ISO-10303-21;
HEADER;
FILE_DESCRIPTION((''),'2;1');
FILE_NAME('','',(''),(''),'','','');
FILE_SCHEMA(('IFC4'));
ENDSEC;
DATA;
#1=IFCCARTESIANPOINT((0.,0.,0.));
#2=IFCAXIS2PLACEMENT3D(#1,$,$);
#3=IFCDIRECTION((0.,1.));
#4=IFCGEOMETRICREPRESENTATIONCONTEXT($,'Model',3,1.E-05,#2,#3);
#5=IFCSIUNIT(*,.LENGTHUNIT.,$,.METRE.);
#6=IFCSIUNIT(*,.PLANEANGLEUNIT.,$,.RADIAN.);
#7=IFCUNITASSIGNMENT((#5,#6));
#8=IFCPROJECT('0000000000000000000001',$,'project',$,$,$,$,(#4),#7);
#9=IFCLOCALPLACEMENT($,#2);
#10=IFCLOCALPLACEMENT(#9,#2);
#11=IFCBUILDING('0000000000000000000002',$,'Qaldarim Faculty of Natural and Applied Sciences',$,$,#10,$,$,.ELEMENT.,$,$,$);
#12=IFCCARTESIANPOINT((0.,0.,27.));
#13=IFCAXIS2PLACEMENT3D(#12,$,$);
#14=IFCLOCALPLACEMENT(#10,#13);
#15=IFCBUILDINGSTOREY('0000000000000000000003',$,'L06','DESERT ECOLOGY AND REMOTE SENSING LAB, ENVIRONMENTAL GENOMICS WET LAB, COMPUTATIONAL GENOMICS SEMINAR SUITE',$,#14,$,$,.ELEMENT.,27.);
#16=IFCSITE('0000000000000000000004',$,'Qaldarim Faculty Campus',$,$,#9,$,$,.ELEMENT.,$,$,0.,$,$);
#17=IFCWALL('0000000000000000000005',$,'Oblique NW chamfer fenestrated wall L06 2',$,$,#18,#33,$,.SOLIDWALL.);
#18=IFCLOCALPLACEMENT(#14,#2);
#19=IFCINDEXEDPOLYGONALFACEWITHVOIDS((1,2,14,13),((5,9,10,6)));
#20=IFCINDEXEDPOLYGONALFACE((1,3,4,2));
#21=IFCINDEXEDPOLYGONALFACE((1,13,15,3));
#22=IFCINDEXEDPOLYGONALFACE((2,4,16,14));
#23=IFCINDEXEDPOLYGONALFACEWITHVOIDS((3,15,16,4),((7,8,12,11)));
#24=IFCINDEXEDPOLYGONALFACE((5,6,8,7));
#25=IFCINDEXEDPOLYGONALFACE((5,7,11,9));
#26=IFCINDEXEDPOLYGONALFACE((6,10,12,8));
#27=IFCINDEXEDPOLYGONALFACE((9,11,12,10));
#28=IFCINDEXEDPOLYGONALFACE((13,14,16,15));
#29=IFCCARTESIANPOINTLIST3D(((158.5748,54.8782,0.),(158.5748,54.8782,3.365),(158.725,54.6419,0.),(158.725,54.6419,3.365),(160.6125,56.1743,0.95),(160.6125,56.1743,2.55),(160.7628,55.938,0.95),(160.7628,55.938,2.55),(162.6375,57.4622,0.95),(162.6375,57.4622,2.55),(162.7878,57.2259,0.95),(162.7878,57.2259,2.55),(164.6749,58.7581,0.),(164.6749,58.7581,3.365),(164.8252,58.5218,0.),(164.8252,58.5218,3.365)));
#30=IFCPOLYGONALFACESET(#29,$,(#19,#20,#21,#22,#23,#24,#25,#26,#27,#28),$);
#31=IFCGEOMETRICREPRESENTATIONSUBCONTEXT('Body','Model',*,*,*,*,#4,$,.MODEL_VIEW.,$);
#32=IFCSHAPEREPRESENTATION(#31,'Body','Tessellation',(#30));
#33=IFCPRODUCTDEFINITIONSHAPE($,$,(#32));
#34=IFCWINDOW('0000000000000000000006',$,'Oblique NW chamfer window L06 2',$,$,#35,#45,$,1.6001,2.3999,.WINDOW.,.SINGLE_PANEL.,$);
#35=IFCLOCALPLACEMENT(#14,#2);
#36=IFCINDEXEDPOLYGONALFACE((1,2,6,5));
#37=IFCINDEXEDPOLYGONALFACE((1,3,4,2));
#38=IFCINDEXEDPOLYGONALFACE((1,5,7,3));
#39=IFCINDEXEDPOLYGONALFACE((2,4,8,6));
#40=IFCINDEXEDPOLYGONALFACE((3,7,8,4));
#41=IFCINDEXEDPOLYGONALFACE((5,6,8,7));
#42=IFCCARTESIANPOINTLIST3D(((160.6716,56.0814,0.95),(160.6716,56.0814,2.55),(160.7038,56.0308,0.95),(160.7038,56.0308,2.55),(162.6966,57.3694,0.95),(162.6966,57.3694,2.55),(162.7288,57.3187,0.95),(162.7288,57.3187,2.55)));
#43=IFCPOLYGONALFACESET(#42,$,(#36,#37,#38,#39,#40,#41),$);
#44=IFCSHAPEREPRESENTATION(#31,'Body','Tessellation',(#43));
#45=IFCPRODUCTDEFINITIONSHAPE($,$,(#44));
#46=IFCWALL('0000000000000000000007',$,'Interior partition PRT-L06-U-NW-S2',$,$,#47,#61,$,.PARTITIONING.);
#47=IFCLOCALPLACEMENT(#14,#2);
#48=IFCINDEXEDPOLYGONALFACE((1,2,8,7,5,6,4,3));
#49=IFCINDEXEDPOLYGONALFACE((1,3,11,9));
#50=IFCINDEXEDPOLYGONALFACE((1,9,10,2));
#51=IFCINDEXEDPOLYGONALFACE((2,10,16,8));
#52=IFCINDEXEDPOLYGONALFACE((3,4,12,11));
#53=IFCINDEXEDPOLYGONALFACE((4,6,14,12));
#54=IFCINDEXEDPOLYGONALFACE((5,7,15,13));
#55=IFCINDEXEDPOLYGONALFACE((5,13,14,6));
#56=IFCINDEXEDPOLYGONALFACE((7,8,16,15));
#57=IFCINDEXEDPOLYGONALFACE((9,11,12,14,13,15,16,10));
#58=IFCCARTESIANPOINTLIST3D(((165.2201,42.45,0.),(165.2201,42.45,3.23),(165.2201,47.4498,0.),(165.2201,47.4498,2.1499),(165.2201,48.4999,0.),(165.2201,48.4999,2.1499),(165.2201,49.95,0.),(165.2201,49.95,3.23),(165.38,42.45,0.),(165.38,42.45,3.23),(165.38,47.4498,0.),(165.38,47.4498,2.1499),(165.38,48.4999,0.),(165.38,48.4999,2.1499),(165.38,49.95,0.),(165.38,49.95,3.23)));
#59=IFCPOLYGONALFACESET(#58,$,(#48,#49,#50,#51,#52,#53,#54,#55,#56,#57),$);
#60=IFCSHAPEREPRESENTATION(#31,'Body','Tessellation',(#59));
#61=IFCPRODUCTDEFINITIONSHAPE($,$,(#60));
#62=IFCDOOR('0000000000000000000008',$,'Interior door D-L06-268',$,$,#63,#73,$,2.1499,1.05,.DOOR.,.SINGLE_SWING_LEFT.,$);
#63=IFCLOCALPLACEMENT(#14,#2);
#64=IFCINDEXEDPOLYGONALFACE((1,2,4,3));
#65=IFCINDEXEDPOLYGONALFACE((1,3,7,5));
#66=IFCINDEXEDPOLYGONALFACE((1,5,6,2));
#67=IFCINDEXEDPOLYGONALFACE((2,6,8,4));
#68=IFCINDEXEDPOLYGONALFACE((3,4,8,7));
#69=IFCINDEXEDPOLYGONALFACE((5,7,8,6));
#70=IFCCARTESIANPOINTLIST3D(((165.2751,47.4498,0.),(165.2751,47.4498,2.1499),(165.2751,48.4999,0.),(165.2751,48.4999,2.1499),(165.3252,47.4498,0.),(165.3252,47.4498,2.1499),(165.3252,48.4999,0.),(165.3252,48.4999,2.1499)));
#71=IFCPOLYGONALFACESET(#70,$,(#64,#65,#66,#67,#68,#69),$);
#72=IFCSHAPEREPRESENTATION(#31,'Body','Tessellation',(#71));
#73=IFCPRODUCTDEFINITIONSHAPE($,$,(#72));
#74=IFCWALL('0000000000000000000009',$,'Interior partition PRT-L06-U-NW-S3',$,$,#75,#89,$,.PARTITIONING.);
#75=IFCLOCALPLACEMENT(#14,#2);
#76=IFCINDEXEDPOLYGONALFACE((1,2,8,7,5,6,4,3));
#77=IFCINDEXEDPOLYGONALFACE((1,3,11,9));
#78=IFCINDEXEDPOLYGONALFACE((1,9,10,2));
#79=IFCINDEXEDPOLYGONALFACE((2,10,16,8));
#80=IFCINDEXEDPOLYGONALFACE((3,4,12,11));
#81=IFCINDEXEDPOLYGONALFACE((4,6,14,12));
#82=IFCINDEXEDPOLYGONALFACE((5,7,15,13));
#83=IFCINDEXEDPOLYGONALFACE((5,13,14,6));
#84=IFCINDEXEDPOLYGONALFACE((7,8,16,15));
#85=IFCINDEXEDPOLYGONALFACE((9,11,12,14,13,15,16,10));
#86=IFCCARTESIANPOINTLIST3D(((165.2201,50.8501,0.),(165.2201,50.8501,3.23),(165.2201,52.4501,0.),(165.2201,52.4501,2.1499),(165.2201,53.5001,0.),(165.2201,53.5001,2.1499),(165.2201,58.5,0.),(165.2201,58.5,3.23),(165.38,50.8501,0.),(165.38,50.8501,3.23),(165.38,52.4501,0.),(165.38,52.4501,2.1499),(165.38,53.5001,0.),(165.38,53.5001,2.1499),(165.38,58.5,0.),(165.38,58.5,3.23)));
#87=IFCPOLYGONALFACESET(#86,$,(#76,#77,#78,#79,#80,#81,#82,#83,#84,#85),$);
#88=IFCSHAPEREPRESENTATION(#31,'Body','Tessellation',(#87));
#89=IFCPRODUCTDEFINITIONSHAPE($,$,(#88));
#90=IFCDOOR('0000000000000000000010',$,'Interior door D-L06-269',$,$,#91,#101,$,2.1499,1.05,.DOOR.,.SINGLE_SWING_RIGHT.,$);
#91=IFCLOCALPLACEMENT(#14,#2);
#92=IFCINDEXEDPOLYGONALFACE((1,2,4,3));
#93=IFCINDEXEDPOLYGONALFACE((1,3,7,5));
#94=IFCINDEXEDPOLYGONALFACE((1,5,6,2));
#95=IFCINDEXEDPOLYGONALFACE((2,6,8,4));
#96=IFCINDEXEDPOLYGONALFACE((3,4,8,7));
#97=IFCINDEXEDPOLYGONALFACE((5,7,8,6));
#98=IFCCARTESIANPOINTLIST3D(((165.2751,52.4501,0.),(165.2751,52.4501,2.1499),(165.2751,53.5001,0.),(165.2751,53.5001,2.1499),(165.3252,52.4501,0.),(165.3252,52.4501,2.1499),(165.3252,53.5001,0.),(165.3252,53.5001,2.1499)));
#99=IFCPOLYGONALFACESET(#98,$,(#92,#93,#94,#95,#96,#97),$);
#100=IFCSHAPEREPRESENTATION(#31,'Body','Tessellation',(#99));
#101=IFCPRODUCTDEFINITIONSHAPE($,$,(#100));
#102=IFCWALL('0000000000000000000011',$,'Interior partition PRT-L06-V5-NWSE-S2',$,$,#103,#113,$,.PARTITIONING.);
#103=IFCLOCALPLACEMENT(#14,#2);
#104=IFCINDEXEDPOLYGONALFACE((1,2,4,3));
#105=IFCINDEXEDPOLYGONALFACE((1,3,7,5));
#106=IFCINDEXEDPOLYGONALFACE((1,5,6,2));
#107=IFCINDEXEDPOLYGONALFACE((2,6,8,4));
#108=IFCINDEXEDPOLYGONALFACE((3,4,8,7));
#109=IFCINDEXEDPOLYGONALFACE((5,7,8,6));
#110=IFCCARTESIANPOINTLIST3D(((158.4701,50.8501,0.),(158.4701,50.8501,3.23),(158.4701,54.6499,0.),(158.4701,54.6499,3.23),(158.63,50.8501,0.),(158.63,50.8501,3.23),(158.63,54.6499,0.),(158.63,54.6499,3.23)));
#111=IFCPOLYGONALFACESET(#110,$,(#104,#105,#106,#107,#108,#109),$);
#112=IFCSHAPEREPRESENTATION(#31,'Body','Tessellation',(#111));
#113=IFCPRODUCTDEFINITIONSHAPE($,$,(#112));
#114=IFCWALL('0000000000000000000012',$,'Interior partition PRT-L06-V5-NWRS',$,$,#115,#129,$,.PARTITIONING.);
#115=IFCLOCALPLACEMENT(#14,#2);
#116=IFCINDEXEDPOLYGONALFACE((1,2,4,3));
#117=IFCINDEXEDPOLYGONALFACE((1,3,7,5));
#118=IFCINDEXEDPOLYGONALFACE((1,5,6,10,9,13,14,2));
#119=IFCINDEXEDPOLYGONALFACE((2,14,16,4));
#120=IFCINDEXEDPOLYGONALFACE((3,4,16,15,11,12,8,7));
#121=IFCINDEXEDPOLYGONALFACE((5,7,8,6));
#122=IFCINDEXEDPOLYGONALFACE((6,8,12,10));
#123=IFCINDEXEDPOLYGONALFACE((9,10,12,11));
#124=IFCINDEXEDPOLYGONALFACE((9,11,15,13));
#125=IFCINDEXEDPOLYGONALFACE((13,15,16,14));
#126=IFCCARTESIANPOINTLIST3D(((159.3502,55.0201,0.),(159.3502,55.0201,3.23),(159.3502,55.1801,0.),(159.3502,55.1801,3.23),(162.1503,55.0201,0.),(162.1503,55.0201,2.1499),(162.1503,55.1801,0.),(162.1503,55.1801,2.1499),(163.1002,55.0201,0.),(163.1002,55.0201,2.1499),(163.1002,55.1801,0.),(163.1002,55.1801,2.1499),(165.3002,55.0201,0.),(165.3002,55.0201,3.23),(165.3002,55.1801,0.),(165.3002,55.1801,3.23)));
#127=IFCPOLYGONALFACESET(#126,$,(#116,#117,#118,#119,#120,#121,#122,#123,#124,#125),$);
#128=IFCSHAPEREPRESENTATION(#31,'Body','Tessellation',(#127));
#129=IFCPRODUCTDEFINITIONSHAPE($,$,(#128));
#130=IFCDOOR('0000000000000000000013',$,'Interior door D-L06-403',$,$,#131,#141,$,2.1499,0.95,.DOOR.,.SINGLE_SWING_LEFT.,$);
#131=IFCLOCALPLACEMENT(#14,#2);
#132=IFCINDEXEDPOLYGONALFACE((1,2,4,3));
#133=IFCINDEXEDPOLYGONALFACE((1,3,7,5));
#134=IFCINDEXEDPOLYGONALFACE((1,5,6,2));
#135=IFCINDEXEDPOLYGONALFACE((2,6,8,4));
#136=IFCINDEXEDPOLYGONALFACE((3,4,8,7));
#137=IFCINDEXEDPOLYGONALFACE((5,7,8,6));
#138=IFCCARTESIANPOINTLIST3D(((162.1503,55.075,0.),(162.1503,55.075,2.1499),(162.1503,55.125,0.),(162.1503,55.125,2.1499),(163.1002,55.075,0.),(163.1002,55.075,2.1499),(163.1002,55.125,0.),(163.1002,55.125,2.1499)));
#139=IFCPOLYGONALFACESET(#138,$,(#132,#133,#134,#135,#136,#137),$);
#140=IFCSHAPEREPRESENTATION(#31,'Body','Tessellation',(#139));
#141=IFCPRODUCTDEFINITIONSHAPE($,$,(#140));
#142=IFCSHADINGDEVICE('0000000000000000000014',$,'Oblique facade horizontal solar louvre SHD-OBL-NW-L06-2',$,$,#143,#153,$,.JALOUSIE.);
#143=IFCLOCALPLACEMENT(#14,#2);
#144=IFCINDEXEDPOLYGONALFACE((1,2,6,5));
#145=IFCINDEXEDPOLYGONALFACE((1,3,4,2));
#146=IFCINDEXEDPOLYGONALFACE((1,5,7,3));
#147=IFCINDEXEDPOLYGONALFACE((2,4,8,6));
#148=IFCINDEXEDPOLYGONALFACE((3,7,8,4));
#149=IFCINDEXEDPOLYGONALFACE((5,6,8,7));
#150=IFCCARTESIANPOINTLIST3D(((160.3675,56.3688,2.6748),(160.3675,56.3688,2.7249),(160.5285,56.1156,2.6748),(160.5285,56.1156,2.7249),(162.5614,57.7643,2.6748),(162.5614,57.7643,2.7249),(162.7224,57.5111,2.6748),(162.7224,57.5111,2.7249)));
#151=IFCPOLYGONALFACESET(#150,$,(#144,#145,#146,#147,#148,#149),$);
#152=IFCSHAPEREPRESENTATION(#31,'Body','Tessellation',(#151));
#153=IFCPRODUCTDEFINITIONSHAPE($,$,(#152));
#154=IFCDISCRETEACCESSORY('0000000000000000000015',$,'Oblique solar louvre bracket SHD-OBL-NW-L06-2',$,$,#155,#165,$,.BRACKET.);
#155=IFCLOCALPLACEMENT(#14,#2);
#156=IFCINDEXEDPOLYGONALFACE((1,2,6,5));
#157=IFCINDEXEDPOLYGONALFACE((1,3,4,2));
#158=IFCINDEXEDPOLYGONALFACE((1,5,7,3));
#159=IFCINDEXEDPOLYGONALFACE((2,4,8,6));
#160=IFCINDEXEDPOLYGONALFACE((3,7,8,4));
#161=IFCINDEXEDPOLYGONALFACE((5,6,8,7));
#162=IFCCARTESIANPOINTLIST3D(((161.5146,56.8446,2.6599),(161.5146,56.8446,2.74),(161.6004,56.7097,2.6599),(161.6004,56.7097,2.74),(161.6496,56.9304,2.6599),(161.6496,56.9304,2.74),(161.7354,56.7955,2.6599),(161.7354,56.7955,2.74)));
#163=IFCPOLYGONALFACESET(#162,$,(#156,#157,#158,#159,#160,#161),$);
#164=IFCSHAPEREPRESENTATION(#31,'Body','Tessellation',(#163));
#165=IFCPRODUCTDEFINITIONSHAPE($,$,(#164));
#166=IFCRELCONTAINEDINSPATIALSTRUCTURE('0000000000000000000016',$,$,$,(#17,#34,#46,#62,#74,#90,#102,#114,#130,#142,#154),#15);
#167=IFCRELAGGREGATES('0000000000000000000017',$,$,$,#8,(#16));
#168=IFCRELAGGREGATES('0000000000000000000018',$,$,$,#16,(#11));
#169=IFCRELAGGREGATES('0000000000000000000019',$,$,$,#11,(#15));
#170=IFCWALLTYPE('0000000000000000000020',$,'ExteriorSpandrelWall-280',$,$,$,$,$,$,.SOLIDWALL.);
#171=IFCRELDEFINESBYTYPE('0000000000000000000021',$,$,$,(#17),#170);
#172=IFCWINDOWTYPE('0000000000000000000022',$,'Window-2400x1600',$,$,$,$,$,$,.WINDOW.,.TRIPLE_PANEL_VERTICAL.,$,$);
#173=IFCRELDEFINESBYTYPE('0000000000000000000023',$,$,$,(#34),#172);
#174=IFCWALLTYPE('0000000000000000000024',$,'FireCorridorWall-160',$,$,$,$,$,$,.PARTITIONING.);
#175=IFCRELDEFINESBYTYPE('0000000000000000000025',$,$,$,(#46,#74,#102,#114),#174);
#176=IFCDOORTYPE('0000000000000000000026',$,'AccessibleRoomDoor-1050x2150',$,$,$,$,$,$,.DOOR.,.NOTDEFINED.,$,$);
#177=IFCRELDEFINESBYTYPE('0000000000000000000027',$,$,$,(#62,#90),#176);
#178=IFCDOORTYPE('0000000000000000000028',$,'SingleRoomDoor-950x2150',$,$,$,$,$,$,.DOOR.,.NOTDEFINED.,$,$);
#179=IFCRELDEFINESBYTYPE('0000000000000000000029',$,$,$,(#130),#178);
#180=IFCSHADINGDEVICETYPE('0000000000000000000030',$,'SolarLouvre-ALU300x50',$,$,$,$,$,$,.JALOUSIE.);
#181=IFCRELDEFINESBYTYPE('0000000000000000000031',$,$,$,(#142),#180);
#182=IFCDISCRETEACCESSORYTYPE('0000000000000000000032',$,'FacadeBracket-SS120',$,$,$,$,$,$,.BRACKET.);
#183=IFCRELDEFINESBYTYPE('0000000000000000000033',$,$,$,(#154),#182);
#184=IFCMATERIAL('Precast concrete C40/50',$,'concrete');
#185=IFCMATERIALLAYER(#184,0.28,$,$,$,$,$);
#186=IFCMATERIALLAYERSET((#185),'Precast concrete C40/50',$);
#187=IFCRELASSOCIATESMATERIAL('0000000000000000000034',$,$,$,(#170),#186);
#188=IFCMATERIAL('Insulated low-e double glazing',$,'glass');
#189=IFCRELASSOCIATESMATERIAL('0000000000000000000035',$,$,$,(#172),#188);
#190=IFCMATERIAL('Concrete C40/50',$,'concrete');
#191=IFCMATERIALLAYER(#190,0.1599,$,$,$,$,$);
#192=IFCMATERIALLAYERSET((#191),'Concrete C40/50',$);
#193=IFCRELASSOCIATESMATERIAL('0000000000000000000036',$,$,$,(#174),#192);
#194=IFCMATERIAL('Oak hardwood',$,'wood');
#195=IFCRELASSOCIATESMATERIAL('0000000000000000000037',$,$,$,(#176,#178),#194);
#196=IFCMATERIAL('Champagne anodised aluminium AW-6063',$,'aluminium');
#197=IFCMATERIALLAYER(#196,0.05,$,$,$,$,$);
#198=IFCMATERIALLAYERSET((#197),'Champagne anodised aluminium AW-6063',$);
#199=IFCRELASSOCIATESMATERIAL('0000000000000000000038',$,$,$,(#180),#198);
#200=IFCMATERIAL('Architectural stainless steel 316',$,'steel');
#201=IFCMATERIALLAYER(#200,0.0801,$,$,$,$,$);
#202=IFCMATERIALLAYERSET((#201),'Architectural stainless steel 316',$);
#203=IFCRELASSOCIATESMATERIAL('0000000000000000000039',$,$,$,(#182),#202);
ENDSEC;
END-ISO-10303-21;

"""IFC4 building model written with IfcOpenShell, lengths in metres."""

from ifc_helpers import new_model, si_unit, direction, frame, frame_2d, origin, origin_2d, place, context, subcontext, project, spatial, rectangle, extrude, material, layer, layer_set, type_object, element, fill, save


model = new_model("IFC4")

# Units and contexts
model_context = context("Model", 3, precision=1e-05, world=origin(), true_north=direction((0.0, 1.0)))
body_context = subcontext(model_context, "Body", "Model", "MODEL_VIEW")
ifc_project = project(units=[si_unit("LENGTHUNIT", "METRE"), si_unit("PLANEANGLEUNIT", "RADIAN")], contexts=[model_context])

# Site, building, storey
site_placement = place(None, origin())
site = spatial("IfcSite", under=ifc_project, at=site_placement, Name="Qaldarim Faculty Campus", CompositionType="ELEMENT", RefElevation=0.0)
building_placement = place(site_placement, origin())
building = spatial("IfcBuilding", under=site, at=building_placement, Name="Qaldarim Faculty of Natural and Applied Sciences", CompositionType="ELEMENT")
storey_placement = place(building_placement, frame((0.0, 0.0, 27.0)))
storey = spatial("IfcBuildingStorey", under=building, at=storey_placement, Name="L06", Description="DESERT ECOLOGY AND REMOTE SENSING LAB, ENVIRONMENTAL GENOMICS WET LAB, COMPUTATIONAL GENOMICS SEMINAR SUITE", CompositionType="ELEMENT", Elevation=27.0)

# Shared definitions
ifc_material_1 = material(Name="Concrete C40/50", Category="concrete")
ifc_material_2 = material(Name="Precast concrete C40/50", Category="concrete")

# Wall, opening, window
ifc_layer_1 = layer(ifc_material_2, 0.28)
ifc_layer_set_1 = layer_set([ifc_layer_1], Name="Precast concrete C40/50")
wall_type_1 = type_object("IfcWallType", Name="ExteriorSpandrelWall-280", PredefinedType="SOLIDWALL", material=ifc_layer_set_1)
wall_1_placement = place(storey_placement, frame((158.6499, 54.76, 0.0), z_axis=(0.0, 0.0, 1.0), x_axis=(0.843787, 0.536679, 0.0)))
wall_1 = element("IfcWall", 1, at=wall_1_placement, inside=storey, type_object=wall_type_1, Name="Oblique NW chamfer fenestrated wall L06 2", PredefinedType="SOLIDWALL", context=body_context, shape_type="SweptSolid", body=[
    extrude(rectangle(XDim=7.2295, YDim=0.28, at=frame_2d((3.6147, 0.0))), origin(), (0.0, 0.0, 1.0), 3.365),
])
opening_1_placement = place(wall_1_placement, frame((2.415, 0.0, 0.95)))
opening_1 = element("IfcOpeningElement", 2, at=opening_1_placement, cuts=wall_1, PredefinedType="OPENING", context=body_context, shape_type="SweptSolid", body=[
    extrude(rectangle(XDim=2.3999, YDim=1.6001, at=frame_2d((1.2, 0.8))), frame((0.0, 0.1499, 0.0), z_axis=(0.0, -1.0, 0.0), x_axis=(1.0, 0.0, 0.0)), (0.0, 0.0, 1.0), 0.3),
])
ifc_material_3 = material(Name="Insulated low-e double glazing", Category="glass")
window_type = type_object("IfcWindowType", Name="Window-2400x1600", PartitioningType="TRIPLE_PANEL_VERTICAL", PredefinedType="WINDOW", material=ifc_material_3)
window_placement = place(opening_1_placement, origin())
window = element("IfcWindow", 3, at=window_placement, inside=storey, type_object=window_type, Name="Oblique NW chamfer window L06 2", OverallHeight=1.6001, OverallWidth=2.3999, PartitioningType="SINGLE_PANEL", PredefinedType="WINDOW", context=body_context, shape_type="SweptSolid", body=[
    extrude(rectangle(XDim=2.3999, YDim=1.6001, at=frame_2d((1.2, 0.8))), frame((0.0, 0.03, 0.0), z_axis=(0.0, -1.0, 0.0), x_axis=(1.0, 0.0, 0.0)), (0.0, 0.0, 1.0), 0.0601),
])
fill(opening_1, window)

# Walls, openings, doors
ifc_layer_2 = layer(ifc_material_1, 0.1599)
ifc_layer_set_2 = layer_set([ifc_layer_2], Name="Concrete C40/50")
wall_type_2 = type_object("IfcWallType", Name="FireCorridorWall-160", PredefinedType="PARTITIONING", material=ifc_layer_set_2)
wall_2_placement = place(storey_placement, frame((165.3, 42.45, 0.0), z_axis=(0.0, 0.0, 1.0), x_axis=(0.0, 1.0, 0.0)))
wall_2 = element("IfcWall", 4, at=wall_2_placement, inside=storey, type_object=wall_type_2, Name="Interior partition PRT-L06-U-NW-S2", PredefinedType="PARTITIONING", context=body_context, shape_type="SweptSolid", body=[
    extrude(rectangle(XDim=7.5, YDim=0.1599, at=frame_2d((3.75, 0.0))), origin(), (0.0, 0.0, 1.0), 3.23),
])
opening_2_placement = place(wall_2_placement, frame((5.0, 0.0, 0.0)))
opening_2 = element("IfcOpeningElement", 5, at=opening_2_placement, cuts=wall_2, PredefinedType="OPENING", context=body_context, shape_type="SweptSolid", body=[
    extrude(rectangle(XDim=1.05, YDim=2.1499, at=frame_2d((0.5249, 1.075))), frame((0.0, 0.0898, 0.0), z_axis=(0.0, -1.0, 0.0), x_axis=(1.0, 0.0, 0.0)), (0.0, 0.0, 1.0), 0.1799),
])
ifc_material_4 = material(Name="Oak hardwood", Category="wood")
door_type_1 = type_object("IfcDoorType", Name="AccessibleRoomDoor-1050x2150", OperationType="NOTDEFINED", PredefinedType="DOOR", material=ifc_material_4)
door_1_placement = place(opening_2_placement, origin())
door_1 = element("IfcDoor", 6, at=door_1_placement, inside=storey, type_object=door_type_1, Name="Interior door D-L06-268", OperationType="SINGLE_SWING_LEFT", OverallHeight=2.1499, OverallWidth=1.05, PredefinedType="DOOR", context=body_context, shape_type="SweptSolid", body=[
    extrude(rectangle(XDim=1.05, YDim=2.1499, at=frame_2d((0.5249, 1.075))), frame((0.0, 0.0249, 0.0), z_axis=(0.0, -1.0, 0.0), x_axis=(1.0, 0.0, 0.0)), (0.0, 0.0, 1.0), 0.05),
])
fill(opening_2, door_1)
wall_3_placement = place(storey_placement, frame((165.3, 50.8501, 0.0), z_axis=(0.0, 0.0, 1.0), x_axis=(0.0, 1.0, 0.0)))
wall_3 = element("IfcWall", 7, at=wall_3_placement, inside=storey, type_object=wall_type_2, Name="Interior partition PRT-L06-U-NW-S3", PredefinedType="PARTITIONING", context=body_context, shape_type="SweptSolid", body=[
    extrude(rectangle(XDim=7.6499, YDim=0.1599, at=frame_2d((3.825, 0.0))), origin(), (0.0, 0.0, 1.0), 3.23),
])
opening_3_placement = place(wall_3_placement, frame((1.6001, 0.0, 0.0)))
opening_3 = element("IfcOpeningElement", 8, at=opening_3_placement, cuts=wall_3, PredefinedType="OPENING", context=body_context, shape_type="SweptSolid", body=[
    extrude(rectangle(XDim=1.05, YDim=2.1499, at=frame_2d((0.5249, 1.075))), frame((0.0, 0.0898, 0.0), z_axis=(0.0, -1.0, 0.0), x_axis=(1.0, 0.0, 0.0)), (0.0, 0.0, 1.0), 0.1799),
])
door_2_placement = place(opening_3_placement, origin())
door_2 = element("IfcDoor", 9, at=door_2_placement, inside=storey, type_object=door_type_1, Name="Interior door D-L06-269", OperationType="SINGLE_SWING_RIGHT", OverallHeight=2.1499, OverallWidth=1.05, PredefinedType="DOOR", context=body_context, shape_type="SweptSolid", body=[
    extrude(rectangle(XDim=1.05, YDim=2.1499, at=frame_2d((0.5249, 1.075))), frame((0.0, 0.0249, 0.0), z_axis=(0.0, -1.0, 0.0), x_axis=(1.0, 0.0, 0.0)), (0.0, 0.0, 1.0), 0.05),
])
fill(opening_3, door_2)

# Wall
wall_4_placement = place(storey_placement, frame((158.55, 50.8501, 0.0), z_axis=(0.0, 0.0, 1.0), x_axis=(0.0, 1.0, 0.0)))
element("IfcWall", 10, at=wall_4_placement, inside=storey, type_object=wall_type_2, Name="Interior partition PRT-L06-V5-NWSE-S2", PredefinedType="PARTITIONING", context=body_context, shape_type="SweptSolid", body=[
    extrude(rectangle(XDim=3.7998, YDim=0.1599, at=frame_2d((1.8999, 0.0))), origin(), (0.0, 0.0, 1.0), 3.23),
])

# Wall, opening, door
wall_5_placement = place(storey_placement, frame((159.3501, 55.1001, 0.0), z_axis=(0.0, 0.0, 1.0), x_axis=(1.0, 0.0, 0.0)))
wall_5 = element("IfcWall", 11, at=wall_5_placement, inside=storey, type_object=wall_type_2, Name="Interior partition PRT-L06-V5-NWRS", PredefinedType="PARTITIONING", context=body_context, shape_type="SweptSolid", body=[
    extrude(rectangle(XDim=5.95, YDim=0.1599, at=frame_2d((2.9751, 0.0))), origin(), (0.0, 0.0, 1.0), 3.23),
])
opening_4_placement = place(wall_5_placement, frame((2.8, 0.0, 0.0)))
opening_4 = element("IfcOpeningElement", 12, at=opening_4_placement, cuts=wall_5, PredefinedType="OPENING", context=body_context, shape_type="SweptSolid", body=[
    extrude(rectangle(XDim=0.95, YDim=2.1499, at=frame_2d((0.4751, 1.075))), frame((0.0, 0.0898, 0.0), z_axis=(0.0, -1.0, 0.0), x_axis=(1.0, 0.0, 0.0)), (0.0, 0.0, 1.0), 0.1799),
])
door_type_2 = type_object("IfcDoorType", Name="SingleRoomDoor-950x2150", OperationType="NOTDEFINED", PredefinedType="DOOR", material=ifc_material_4)
door_3_placement = place(opening_4_placement, origin())
door_3 = element("IfcDoor", 13, at=door_3_placement, inside=storey, type_object=door_type_2, Name="Interior door D-L06-403", OperationType="SINGLE_SWING_LEFT", OverallHeight=2.1499, OverallWidth=0.95, PredefinedType="DOOR", context=body_context, shape_type="SweptSolid", body=[
    extrude(rectangle(XDim=0.95, YDim=2.1499, at=frame_2d((0.4751, 1.075))), frame((0.0, 0.0249, 0.0), z_axis=(0.0, -1.0, 0.0), x_axis=(1.0, 0.0, 0.0)), (0.0, 0.0, 1.0), 0.05),
])
fill(opening_4, door_3)

# Shading device
ifc_material_5 = material(Name="Champagne anodised aluminium AW-6063", Category="aluminium")
ifc_layer_3 = layer(ifc_material_5, 0.05)
ifc_layer_set_3 = layer_set([ifc_layer_3], Name="Champagne anodised aluminium AW-6063")
shading_device_type = type_object("IfcShadingDeviceType", Name="SolarLouvre-ALU300x50", PredefinedType="JALOUSIE", material=ifc_layer_set_3)
shading_device_placement = place(storey_placement, frame((161.5449, 56.9399, 2.6748), z_axis=(0.0, 0.0, 1.0), x_axis=(0.843776, 0.536696, 0.0)))
element("IfcShadingDevice", 14, at=shading_device_placement, inside=storey, type_object=shading_device_type, Name="Oblique facade horizontal solar louvre SHD-OBL-NW-L06-2", PredefinedType="JALOUSIE", context=body_context, shape_type="SweptSolid", body=[
    extrude(rectangle(XDim=2.6001, YDim=0.3, at=origin_2d()), origin(), (0.0, 0.0, 1.0), 0.05),
])

# Discrete accessory
ifc_material_6 = material(Name="Architectural stainless steel 316", Category="steel")
ifc_layer_4 = layer(ifc_material_6, 0.0801)
ifc_layer_set_4 = layer_set([ifc_layer_4], Name="Architectural stainless steel 316")
discrete_accessory_type = type_object("IfcDiscreteAccessoryType", Name="FacadeBracket-SS120", PredefinedType="BRACKET", material=ifc_layer_set_4)
discrete_accessory_placement = place(storey_placement, frame((161.625, 56.8201, 2.6599), z_axis=(0.0, 0.0, 1.0), x_axis=(0.843776, 0.536696, 0.0)))
element("IfcDiscreteAccessory", 15, at=discrete_accessory_placement, inside=storey, type_object=discrete_accessory_type, Name="Oblique solar louvre bracket SHD-OBL-NW-L06-2", PredefinedType="BRACKET", context=body_context, shape_type="SweptSolid", body=[
    extrude(rectangle(XDim=0.1599, YDim=0.1599, at=origin_2d()), origin(), (0.0, 0.0, 1.0), 0.0801),
])

save(model, "model.ifc")
